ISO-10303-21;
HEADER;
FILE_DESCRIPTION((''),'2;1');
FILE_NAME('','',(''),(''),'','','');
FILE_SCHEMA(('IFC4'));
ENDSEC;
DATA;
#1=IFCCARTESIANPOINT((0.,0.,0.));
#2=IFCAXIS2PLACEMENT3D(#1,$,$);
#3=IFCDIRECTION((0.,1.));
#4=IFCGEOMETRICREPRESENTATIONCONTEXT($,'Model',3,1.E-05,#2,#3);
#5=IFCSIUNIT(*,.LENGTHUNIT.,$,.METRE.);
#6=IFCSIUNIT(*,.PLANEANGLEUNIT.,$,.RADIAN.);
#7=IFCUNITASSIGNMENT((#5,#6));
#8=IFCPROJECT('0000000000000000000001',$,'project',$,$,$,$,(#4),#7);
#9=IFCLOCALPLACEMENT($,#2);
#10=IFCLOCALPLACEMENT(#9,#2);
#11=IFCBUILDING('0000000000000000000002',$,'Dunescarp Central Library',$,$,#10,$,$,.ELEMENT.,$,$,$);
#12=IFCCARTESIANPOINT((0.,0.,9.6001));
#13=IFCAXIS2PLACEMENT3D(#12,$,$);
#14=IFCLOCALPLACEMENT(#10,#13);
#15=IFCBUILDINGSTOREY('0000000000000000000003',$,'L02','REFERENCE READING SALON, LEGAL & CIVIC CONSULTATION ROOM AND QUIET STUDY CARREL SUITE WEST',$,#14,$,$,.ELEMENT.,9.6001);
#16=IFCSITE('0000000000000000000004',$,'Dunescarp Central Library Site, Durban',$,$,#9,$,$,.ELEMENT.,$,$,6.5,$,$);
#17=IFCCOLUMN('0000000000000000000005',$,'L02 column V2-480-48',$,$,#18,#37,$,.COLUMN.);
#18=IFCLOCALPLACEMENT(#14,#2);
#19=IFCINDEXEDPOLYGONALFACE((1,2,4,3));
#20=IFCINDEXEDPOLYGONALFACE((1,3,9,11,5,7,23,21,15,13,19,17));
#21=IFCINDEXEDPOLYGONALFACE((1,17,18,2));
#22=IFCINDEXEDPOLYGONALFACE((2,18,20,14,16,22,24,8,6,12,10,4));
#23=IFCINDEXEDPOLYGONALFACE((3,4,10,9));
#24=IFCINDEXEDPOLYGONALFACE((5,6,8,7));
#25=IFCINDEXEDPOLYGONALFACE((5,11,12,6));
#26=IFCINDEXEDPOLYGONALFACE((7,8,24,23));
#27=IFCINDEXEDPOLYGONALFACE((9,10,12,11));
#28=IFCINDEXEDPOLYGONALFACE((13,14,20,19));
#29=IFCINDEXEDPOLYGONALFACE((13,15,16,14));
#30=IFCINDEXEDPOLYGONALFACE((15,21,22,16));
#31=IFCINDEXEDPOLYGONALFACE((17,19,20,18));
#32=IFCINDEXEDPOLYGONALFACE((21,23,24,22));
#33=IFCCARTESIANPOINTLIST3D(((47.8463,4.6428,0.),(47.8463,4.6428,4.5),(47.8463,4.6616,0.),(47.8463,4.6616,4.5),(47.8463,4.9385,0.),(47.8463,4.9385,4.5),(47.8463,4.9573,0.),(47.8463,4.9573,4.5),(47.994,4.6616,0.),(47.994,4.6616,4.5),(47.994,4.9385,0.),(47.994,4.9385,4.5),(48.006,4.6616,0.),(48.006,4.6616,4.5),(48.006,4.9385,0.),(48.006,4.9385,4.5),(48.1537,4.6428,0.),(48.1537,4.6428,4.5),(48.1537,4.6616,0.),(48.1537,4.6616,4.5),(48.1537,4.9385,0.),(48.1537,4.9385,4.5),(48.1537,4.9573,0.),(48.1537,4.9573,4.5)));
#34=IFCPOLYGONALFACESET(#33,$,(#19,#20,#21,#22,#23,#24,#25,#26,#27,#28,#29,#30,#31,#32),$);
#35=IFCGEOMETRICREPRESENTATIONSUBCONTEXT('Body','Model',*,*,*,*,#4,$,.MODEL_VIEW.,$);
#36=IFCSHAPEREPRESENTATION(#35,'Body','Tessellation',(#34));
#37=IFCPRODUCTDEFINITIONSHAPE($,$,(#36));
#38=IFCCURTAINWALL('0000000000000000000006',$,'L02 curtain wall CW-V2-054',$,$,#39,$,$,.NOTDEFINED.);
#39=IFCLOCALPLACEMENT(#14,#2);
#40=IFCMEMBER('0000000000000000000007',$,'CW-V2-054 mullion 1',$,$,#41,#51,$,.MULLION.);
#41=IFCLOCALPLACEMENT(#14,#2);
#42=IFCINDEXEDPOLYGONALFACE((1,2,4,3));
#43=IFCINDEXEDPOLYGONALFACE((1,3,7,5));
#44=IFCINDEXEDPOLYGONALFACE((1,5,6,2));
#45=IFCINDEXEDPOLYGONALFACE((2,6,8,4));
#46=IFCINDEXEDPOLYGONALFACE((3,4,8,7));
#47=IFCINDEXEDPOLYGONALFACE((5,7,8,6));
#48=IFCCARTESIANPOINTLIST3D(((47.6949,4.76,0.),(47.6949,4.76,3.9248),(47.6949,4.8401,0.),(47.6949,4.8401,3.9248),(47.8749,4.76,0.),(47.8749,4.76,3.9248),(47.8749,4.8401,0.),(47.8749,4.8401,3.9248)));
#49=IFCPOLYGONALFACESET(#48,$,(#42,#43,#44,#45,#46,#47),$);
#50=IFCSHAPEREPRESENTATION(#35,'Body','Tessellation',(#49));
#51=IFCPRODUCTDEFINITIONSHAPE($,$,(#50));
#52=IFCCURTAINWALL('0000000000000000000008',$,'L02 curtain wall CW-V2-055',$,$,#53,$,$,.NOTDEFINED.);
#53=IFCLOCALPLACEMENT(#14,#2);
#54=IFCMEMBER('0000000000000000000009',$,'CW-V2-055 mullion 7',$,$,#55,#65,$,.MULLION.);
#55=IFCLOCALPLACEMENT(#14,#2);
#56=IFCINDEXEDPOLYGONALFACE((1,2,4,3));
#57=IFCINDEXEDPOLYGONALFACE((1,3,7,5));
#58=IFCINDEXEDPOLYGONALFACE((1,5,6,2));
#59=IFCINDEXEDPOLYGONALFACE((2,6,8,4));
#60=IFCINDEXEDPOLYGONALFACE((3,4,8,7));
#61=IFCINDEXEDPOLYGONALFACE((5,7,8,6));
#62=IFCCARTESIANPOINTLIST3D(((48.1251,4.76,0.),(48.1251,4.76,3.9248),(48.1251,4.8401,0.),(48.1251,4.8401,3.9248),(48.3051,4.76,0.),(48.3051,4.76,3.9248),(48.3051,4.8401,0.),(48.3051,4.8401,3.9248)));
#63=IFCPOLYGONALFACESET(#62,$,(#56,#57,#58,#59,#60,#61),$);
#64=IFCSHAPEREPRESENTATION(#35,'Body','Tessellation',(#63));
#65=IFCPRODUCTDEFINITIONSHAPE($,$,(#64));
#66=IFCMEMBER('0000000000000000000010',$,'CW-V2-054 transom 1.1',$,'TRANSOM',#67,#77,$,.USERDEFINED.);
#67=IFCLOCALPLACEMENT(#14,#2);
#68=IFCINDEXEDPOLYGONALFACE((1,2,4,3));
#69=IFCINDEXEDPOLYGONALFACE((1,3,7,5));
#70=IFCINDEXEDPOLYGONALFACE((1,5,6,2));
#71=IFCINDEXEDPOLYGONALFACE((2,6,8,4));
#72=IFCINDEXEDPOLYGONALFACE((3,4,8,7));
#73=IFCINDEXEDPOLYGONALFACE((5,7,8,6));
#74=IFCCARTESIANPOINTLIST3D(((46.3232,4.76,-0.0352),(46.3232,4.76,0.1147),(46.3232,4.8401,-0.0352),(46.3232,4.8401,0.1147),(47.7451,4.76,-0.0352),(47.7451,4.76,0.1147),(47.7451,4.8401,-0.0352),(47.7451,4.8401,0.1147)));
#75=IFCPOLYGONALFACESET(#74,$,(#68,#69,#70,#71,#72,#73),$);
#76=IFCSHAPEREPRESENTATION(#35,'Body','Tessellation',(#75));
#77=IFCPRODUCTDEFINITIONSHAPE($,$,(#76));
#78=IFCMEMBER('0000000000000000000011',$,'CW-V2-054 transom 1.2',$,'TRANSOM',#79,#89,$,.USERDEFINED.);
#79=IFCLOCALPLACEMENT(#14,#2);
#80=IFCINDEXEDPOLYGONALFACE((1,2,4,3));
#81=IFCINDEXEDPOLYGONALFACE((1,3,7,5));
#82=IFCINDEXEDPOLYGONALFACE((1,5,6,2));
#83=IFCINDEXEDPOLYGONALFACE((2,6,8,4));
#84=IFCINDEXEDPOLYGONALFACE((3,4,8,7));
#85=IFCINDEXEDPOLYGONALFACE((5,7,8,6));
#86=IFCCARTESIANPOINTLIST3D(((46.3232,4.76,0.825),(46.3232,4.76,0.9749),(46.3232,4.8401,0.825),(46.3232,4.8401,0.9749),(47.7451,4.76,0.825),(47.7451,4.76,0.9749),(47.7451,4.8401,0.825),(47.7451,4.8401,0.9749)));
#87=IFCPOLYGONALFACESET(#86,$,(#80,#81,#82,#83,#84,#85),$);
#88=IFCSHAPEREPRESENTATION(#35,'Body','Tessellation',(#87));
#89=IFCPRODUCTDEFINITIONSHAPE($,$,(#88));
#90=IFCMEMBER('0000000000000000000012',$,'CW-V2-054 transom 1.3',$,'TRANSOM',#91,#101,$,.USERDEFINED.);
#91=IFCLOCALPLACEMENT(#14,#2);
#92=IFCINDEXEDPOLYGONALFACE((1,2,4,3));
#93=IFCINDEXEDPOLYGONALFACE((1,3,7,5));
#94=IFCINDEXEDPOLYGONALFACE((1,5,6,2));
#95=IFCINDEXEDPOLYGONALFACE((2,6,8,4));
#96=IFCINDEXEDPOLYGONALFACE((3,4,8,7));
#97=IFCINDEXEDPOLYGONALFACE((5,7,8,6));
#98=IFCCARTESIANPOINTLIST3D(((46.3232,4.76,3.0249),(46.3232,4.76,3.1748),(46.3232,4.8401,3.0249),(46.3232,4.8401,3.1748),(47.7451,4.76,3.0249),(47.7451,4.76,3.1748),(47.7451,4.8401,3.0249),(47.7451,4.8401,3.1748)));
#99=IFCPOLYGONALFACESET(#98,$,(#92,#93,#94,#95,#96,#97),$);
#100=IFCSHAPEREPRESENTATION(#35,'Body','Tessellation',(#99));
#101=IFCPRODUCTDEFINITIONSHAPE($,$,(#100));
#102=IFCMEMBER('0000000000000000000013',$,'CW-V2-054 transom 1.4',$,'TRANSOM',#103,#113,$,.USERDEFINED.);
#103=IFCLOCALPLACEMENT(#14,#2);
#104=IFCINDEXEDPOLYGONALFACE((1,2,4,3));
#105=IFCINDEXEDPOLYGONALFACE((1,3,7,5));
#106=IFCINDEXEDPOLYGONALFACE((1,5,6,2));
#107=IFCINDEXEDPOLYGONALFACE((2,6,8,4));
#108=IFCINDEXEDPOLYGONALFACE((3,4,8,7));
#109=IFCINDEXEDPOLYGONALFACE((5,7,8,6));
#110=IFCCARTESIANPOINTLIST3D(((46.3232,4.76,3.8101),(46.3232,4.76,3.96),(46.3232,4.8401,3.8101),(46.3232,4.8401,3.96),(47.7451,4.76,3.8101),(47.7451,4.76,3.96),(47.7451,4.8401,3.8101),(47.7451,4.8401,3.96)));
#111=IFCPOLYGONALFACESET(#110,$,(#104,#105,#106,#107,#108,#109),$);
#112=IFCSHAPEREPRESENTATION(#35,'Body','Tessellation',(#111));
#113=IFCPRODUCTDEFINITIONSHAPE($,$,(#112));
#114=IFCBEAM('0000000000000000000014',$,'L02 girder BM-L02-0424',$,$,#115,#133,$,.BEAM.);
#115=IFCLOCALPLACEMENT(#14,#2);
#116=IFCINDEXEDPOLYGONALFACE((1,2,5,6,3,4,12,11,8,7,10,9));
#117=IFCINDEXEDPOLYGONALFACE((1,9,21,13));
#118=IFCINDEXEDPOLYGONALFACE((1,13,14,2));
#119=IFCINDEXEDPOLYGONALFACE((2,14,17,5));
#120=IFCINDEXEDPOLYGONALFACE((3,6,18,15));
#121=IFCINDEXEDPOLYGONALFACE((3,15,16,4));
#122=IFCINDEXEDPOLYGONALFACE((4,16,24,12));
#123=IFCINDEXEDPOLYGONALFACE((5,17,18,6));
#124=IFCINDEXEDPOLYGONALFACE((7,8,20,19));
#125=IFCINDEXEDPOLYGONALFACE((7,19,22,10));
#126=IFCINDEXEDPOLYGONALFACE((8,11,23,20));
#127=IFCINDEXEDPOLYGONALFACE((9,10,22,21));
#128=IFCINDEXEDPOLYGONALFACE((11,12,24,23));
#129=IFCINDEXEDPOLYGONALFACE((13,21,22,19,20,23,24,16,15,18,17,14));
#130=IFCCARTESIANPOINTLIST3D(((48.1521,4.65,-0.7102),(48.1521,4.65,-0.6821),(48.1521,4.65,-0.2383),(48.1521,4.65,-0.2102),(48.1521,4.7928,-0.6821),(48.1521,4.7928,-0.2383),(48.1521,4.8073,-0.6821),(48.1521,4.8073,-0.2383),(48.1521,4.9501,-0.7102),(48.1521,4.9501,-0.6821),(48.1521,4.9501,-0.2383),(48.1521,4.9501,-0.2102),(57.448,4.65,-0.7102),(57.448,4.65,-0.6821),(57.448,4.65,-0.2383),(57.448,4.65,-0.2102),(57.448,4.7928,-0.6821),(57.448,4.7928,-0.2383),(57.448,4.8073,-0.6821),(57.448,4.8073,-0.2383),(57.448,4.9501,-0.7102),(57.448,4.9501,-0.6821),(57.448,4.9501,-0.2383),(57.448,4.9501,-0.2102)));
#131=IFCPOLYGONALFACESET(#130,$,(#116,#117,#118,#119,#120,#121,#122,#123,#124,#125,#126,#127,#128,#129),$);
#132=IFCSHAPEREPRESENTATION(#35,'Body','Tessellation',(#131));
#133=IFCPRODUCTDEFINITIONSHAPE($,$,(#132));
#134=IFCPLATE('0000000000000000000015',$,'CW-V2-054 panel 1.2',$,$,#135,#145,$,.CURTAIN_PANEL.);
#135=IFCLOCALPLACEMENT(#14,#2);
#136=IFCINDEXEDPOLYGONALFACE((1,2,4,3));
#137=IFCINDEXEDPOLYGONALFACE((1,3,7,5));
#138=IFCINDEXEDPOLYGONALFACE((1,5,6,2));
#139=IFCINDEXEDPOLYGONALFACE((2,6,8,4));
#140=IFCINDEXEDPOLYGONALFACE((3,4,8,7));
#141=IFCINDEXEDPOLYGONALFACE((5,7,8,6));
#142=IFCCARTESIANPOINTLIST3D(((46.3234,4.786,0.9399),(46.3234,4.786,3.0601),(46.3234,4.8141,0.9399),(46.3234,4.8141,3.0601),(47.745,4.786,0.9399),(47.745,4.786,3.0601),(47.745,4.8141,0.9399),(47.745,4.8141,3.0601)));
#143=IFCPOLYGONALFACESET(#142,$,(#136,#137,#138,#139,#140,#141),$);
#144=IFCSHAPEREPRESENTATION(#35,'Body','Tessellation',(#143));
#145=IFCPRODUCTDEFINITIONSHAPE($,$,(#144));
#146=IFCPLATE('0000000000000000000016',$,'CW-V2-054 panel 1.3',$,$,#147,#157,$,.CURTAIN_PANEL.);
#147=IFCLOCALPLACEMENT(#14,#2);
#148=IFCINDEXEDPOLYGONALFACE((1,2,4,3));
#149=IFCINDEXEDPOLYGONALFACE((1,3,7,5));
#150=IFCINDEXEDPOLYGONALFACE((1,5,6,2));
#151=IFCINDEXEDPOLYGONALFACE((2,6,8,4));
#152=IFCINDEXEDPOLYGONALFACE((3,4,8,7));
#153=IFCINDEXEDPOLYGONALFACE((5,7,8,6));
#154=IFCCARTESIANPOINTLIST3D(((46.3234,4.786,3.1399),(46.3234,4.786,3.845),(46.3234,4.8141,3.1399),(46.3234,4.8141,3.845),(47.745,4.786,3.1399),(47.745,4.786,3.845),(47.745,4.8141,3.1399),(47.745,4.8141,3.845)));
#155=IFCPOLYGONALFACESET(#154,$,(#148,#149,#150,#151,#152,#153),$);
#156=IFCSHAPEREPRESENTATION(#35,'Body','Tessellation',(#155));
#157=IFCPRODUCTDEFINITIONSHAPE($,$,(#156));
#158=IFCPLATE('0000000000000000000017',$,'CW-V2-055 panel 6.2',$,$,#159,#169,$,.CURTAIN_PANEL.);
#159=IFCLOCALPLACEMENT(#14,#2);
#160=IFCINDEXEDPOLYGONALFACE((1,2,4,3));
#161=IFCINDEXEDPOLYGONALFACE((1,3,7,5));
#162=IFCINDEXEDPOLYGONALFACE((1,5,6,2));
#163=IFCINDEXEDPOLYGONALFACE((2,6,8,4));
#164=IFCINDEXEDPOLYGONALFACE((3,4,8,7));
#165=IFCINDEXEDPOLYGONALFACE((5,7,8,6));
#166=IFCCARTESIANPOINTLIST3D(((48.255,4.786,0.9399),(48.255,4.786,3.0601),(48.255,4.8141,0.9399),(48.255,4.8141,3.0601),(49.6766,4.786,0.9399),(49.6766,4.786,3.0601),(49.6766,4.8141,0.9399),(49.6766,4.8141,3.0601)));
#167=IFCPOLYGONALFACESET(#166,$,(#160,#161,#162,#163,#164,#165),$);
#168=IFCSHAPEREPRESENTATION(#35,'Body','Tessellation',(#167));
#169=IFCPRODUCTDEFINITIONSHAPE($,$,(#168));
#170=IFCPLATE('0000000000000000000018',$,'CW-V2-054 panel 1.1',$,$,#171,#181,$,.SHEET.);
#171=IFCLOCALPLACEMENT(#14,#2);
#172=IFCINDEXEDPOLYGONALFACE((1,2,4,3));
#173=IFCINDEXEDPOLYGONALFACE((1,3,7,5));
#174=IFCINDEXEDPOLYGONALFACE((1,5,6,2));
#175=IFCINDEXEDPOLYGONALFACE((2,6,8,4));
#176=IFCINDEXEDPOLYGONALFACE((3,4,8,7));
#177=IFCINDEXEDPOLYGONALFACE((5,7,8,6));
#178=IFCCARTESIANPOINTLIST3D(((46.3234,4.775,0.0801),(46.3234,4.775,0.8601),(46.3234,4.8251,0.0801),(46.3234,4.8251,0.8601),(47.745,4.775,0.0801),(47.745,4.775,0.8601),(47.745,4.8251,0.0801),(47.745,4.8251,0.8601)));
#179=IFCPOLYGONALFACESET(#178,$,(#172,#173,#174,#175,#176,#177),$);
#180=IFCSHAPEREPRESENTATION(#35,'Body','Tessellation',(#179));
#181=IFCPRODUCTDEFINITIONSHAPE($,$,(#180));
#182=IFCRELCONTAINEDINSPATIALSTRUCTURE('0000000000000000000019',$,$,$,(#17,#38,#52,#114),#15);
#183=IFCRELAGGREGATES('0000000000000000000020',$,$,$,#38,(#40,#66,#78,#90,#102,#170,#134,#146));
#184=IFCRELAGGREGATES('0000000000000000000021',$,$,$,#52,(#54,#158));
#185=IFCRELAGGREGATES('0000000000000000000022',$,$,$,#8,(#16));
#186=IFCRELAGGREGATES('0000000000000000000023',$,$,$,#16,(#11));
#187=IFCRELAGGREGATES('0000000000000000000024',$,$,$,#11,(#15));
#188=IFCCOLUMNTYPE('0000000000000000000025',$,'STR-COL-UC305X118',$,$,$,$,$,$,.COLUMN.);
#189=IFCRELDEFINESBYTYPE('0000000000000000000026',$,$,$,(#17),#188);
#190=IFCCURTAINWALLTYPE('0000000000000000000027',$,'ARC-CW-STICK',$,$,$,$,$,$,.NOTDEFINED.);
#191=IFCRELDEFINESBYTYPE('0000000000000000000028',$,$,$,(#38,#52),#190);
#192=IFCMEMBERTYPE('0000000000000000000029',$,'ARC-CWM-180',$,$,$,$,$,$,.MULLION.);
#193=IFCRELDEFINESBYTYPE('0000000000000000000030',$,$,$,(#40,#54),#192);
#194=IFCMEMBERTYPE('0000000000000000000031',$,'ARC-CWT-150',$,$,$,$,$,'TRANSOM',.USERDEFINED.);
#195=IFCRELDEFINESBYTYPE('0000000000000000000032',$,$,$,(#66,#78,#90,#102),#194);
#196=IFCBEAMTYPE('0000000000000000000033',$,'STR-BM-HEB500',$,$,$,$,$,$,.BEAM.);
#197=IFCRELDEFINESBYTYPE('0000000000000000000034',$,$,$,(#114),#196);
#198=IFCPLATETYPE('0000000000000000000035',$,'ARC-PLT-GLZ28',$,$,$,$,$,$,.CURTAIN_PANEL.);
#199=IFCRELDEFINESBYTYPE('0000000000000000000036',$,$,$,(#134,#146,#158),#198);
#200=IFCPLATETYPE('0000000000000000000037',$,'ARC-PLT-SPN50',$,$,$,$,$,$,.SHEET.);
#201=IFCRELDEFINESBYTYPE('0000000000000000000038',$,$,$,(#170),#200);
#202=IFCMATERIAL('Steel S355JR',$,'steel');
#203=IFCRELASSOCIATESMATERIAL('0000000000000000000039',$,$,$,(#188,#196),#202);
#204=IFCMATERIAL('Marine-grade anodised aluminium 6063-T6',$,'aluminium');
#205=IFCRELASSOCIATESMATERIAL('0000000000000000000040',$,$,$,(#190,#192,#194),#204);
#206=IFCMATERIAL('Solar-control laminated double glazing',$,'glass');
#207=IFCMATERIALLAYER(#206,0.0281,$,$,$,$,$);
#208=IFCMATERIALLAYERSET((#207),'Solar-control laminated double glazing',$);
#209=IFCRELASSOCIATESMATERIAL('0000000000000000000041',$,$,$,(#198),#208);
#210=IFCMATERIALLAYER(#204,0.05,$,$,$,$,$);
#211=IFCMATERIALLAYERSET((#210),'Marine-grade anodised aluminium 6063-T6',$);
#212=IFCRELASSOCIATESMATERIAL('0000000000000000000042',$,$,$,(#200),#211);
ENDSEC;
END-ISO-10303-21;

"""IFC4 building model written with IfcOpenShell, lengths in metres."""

from ifc_helpers import new_model, si_unit, direction, frame, origin, origin_2d, place, context, subcontext, project, spatial, rectangle, i_section, extrude, material, layer, layer_set, material_profile, profile_set, type_object, element, aggregate, save


model = new_model("IFC4")

# Units and contexts
model_context = context("Model", 3, precision=1e-05, world=origin(), true_north=direction((0.0, 1.0)))
body_context = subcontext(model_context, "Body", "Model", "MODEL_VIEW")
ifc_project = project(units=[si_unit("LENGTHUNIT", "METRE"), si_unit("PLANEANGLEUNIT", "RADIAN")], contexts=[model_context])

# Site, building, storey
site_placement = place(None, origin())
site = spatial("IfcSite", under=ifc_project, at=site_placement, Name="Dunescarp Central Library Site, Durban", CompositionType="ELEMENT", RefElevation=6.5)
building_placement = place(site_placement, origin())
building = spatial("IfcBuilding", under=site, at=building_placement, Name="Dunescarp Central Library", CompositionType="ELEMENT")
storey_placement = place(building_placement, frame((0.0, 0.0, 9.6001)))
storey = spatial("IfcBuildingStorey", under=building, at=storey_placement, Name="L02", Description="REFERENCE READING SALON, LEGAL & CIVIC CONSULTATION ROOM AND QUIET STUDY CARREL SUITE WEST", CompositionType="ELEMENT", Elevation=9.6001)

# Column
ifc_material_1 = material(Name="Steel S355JR", Category="steel")
ifc_material_profile_1 = material_profile(ifc_material_1, i_section(OverallWidth=0.3074, OverallDepth=0.3145, WebThickness=0.012, FlangeThickness=0.0188, at=origin_2d()), Name="UC 305x305x118")
ifc_profile_set_1 = profile_set([ifc_material_profile_1], Name="Steel S355JR")
column_type = type_object("IfcColumnType", Name="STR-COL-UC305X118", PredefinedType="COLUMN", material=ifc_profile_set_1)
column_placement = place(storey_placement, frame((48.0, 4.8, 0.0), z_axis=(0.0, 0.0, 1.0), x_axis=(1.0, 0.0, 0.0)))
element("IfcColumn", 1, at=column_placement, inside=storey, type_object=column_type, Name="L02 column V2-480-48", PredefinedType="COLUMN", context=body_context, shape_type="SweptSolid", body=[
    extrude(i_section(OverallWidth=0.3074, OverallDepth=0.3145, WebThickness=0.012, FlangeThickness=0.0188, at=origin_2d()), origin(), (0.0, 0.0, 1.0), 4.5),
])

# Curtain walls, members
ifc_material_2 = material(Name="Marine-grade anodised aluminium 6063-T6", Category="aluminium")
curtain_wall_type = type_object("IfcCurtainWallType", Name="ARC-CW-STICK", PredefinedType="NOTDEFINED", material=ifc_material_2)
curtain_wall_1_placement = place(storey_placement, origin())
curtain_wall_1 = element("IfcCurtainWall", 2, at=curtain_wall_1_placement, inside=storey, type_object=curtain_wall_type, Name="L02 curtain wall CW-V2-054", PredefinedType="NOTDEFINED")
ifc_material_profile_2 = material_profile(ifc_material_2, rectangle(XDim=0.0801, YDim=0.1799, at=origin_2d()), Name="AL 80x180")
ifc_profile_set_2 = profile_set([ifc_material_profile_2], Name="Marine-grade anodised aluminium 6063-T6")
member_type_1 = type_object("IfcMemberType", Name="ARC-CWM-180", PredefinedType="MULLION", material=ifc_profile_set_2)
member_1_placement = place(storey_placement, frame((47.7849, 4.8, 0.0), z_axis=(0.0, 0.0, 1.0), x_axis=(0.0, -1.0, 0.0)))
member_1 = element("IfcMember", 3, at=member_1_placement, type_object=member_type_1, Name="CW-V2-054 mullion 1", PredefinedType="MULLION", context=body_context, shape_type="SweptSolid", body=[
    extrude(rectangle(XDim=0.0801, YDim=0.1799, at=origin_2d()), origin(), (0.0, 0.0, 1.0), 3.9248),
])
curtain_wall_2_placement = place(storey_placement, origin())
curtain_wall_2 = element("IfcCurtainWall", 4, at=curtain_wall_2_placement, inside=storey, type_object=curtain_wall_type, Name="L02 curtain wall CW-V2-055", PredefinedType="NOTDEFINED")
member_2_placement = place(storey_placement, frame((48.2151, 4.8, 0.0), z_axis=(0.0, 0.0, 1.0), x_axis=(0.0, -1.0, 0.0)))
member_2 = element("IfcMember", 5, at=member_2_placement, type_object=member_type_1, Name="CW-V2-055 mullion 7", PredefinedType="MULLION", context=body_context, shape_type="SweptSolid", body=[
    extrude(rectangle(XDim=0.0801, YDim=0.1799, at=origin_2d()), origin(), (0.0, 0.0, 1.0), 3.9248),
])

# Members
ifc_material_profile_3 = material_profile(ifc_material_2, rectangle(XDim=0.0801, YDim=0.1499, at=origin_2d()), Name="AL 80x150")
ifc_profile_set_3 = profile_set([ifc_material_profile_3], Name="Marine-grade anodised aluminium 6063-T6")
member_type_2 = type_object("IfcMemberType", Name="ARC-CWT-150", ElementType="TRANSOM", PredefinedType="USERDEFINED", material=ifc_profile_set_3)
member_3_placement = place(storey_placement, frame((47.7451, 4.8, 0.0398), z_axis=(-1.0, 0.0, 0.0), x_axis=(0.0, -1.0, 0.0)))
member_3 = element("IfcMember", 6, at=member_3_placement, type_object=member_type_2, Name="CW-V2-054 transom 1.1", ObjectType="TRANSOM", PredefinedType="USERDEFINED", context=body_context, shape_type="SweptSolid", body=[
    extrude(rectangle(XDim=0.0801, YDim=0.1499, at=origin_2d()), origin(), (0.0, 0.0, 1.0), 1.4219),
])
member_4_placement = place(storey_placement, frame((47.7451, 4.8, 0.8999), z_axis=(-1.0, 0.0, 0.0), x_axis=(0.0, -1.0, 0.0)))
member_4 = element("IfcMember", 7, at=member_4_placement, type_object=member_type_2, Name="CW-V2-054 transom 1.2", ObjectType="TRANSOM", PredefinedType="USERDEFINED", context=body_context, shape_type="SweptSolid", body=[
    extrude(rectangle(XDim=0.0801, YDim=0.1499, at=origin_2d()), origin(), (0.0, 0.0, 1.0), 1.4219),
])
member_5_placement = place(storey_placement, frame((47.7451, 4.8, 3.0999), z_axis=(-1.0, 0.0, 0.0), x_axis=(0.0, -1.0, 0.0)))
member_5 = element("IfcMember", 8, at=member_5_placement, type_object=member_type_2, Name="CW-V2-054 transom 1.3", ObjectType="TRANSOM", PredefinedType="USERDEFINED", context=body_context, shape_type="SweptSolid", body=[
    extrude(rectangle(XDim=0.0801, YDim=0.1499, at=origin_2d()), origin(), (0.0, 0.0, 1.0), 1.4219),
])
member_6_placement = place(storey_placement, frame((47.7451, 4.8, 3.885), z_axis=(-1.0, 0.0, 0.0), x_axis=(0.0, -1.0, 0.0)))
member_6 = element("IfcMember", 9, at=member_6_placement, type_object=member_type_2, Name="CW-V2-054 transom 1.4", ObjectType="TRANSOM", PredefinedType="USERDEFINED", context=body_context, shape_type="SweptSolid", body=[
    extrude(rectangle(XDim=0.0801, YDim=0.1499, at=origin_2d()), origin(), (0.0, 0.0, 1.0), 1.4219),
])

# Beam
ifc_material_profile_4 = material_profile(ifc_material_1, i_section(OverallWidth=0.3, OverallDepth=0.5, WebThickness=0.0144, FlangeThickness=0.0281, at=origin_2d()), Name="HEB 500")
ifc_profile_set_4 = profile_set([ifc_material_profile_4], Name="Steel S355JR")
beam_type = type_object("IfcBeamType", Name="STR-BM-HEB500", PredefinedType="BEAM", material=ifc_profile_set_4)
beam_placement = place(storey_placement, frame((48.1521, 4.8, -0.4602), z_axis=(1.0, 0.0, 0.0), x_axis=(0.0, 1.0, 0.0)))
element("IfcBeam", 10, at=beam_placement, inside=storey, type_object=beam_type, Name="L02 girder BM-L02-0424", PredefinedType="BEAM", context=body_context, shape_type="SweptSolid", body=[
    extrude(i_section(OverallWidth=0.3, OverallDepth=0.5, WebThickness=0.0144, FlangeThickness=0.0281, at=origin_2d()), origin(), (0.0, 0.0, 1.0), 9.2959),
])

# Plates
ifc_material_3 = material(Name="Solar-control laminated double glazing", Category="glass")
ifc_layer_1 = layer(ifc_material_3, 0.0281)
ifc_layer_set_1 = layer_set([ifc_layer_1], Name="Solar-control laminated double glazing")
plate_type_1 = type_object("IfcPlateType", Name="ARC-PLT-GLZ28", PredefinedType="CURTAIN_PANEL", material=ifc_layer_set_1)
plate_1_placement = place(storey_placement, frame((47.0342, 4.8, 0.9399), z_axis=(0.0, 0.0, 1.0), x_axis=(-1.0, 0.0, 0.0)))
plate_1 = element("IfcPlate", 11, at=plate_1_placement, type_object=plate_type_1, Name="CW-V2-054 panel 1.2", PredefinedType="CURTAIN_PANEL", context=body_context, shape_type="SweptSolid", body=[
    extrude(rectangle(XDim=1.4216, YDim=0.0281, at=origin_2d()), origin(), (0.0, 0.0, 1.0), 2.1201),
])
plate_2_placement = place(storey_placement, frame((47.0342, 4.8, 3.1399), z_axis=(0.0, 0.0, 1.0), x_axis=(-1.0, 0.0, 0.0)))
plate_2 = element("IfcPlate", 12, at=plate_2_placement, type_object=plate_type_1, Name="CW-V2-054 panel 1.3", PredefinedType="CURTAIN_PANEL", context=body_context, shape_type="SweptSolid", body=[
    extrude(rectangle(XDim=1.4216, YDim=0.0281, at=origin_2d()), origin(), (0.0, 0.0, 1.0), 0.7051),
])
plate_3_placement = place(storey_placement, frame((48.9658, 4.8, 0.9399), z_axis=(0.0, 0.0, 1.0), x_axis=(-1.0, 0.0, 0.0)))
plate_3 = element("IfcPlate", 13, at=plate_3_placement, type_object=plate_type_1, Name="CW-V2-055 panel 6.2", PredefinedType="CURTAIN_PANEL", context=body_context, shape_type="SweptSolid", body=[
    extrude(rectangle(XDim=1.4216, YDim=0.0281, at=origin_2d()), origin(), (0.0, 0.0, 1.0), 2.1201),
])
ifc_layer_2 = layer(ifc_material_2, 0.05)
ifc_layer_set_2 = layer_set([ifc_layer_2], Name="Marine-grade anodised aluminium 6063-T6")
plate_type_2 = type_object("IfcPlateType", Name="ARC-PLT-SPN50", PredefinedType="SHEET", material=ifc_layer_set_2)
plate_4_placement = place(storey_placement, frame((47.0342, 4.8, 0.0801), z_axis=(0.0, 0.0, 1.0), x_axis=(-1.0, 0.0, 0.0)))
plate_4 = element("IfcPlate", 14, at=plate_4_placement, type_object=plate_type_2, Name="CW-V2-054 panel 1.1", PredefinedType="SHEET", context=body_context, shape_type="SweptSolid", body=[
    extrude(rectangle(XDim=1.4216, YDim=0.05, at=origin_2d()), origin(), (0.0, 0.0, 1.0), 0.78),
])
aggregate(curtain_wall_1, [member_1, member_3, member_4, member_5, member_6, plate_4, plate_1, plate_2])
aggregate(curtain_wall_2, [member_2, plate_3])

save(model, "model.ifc")
